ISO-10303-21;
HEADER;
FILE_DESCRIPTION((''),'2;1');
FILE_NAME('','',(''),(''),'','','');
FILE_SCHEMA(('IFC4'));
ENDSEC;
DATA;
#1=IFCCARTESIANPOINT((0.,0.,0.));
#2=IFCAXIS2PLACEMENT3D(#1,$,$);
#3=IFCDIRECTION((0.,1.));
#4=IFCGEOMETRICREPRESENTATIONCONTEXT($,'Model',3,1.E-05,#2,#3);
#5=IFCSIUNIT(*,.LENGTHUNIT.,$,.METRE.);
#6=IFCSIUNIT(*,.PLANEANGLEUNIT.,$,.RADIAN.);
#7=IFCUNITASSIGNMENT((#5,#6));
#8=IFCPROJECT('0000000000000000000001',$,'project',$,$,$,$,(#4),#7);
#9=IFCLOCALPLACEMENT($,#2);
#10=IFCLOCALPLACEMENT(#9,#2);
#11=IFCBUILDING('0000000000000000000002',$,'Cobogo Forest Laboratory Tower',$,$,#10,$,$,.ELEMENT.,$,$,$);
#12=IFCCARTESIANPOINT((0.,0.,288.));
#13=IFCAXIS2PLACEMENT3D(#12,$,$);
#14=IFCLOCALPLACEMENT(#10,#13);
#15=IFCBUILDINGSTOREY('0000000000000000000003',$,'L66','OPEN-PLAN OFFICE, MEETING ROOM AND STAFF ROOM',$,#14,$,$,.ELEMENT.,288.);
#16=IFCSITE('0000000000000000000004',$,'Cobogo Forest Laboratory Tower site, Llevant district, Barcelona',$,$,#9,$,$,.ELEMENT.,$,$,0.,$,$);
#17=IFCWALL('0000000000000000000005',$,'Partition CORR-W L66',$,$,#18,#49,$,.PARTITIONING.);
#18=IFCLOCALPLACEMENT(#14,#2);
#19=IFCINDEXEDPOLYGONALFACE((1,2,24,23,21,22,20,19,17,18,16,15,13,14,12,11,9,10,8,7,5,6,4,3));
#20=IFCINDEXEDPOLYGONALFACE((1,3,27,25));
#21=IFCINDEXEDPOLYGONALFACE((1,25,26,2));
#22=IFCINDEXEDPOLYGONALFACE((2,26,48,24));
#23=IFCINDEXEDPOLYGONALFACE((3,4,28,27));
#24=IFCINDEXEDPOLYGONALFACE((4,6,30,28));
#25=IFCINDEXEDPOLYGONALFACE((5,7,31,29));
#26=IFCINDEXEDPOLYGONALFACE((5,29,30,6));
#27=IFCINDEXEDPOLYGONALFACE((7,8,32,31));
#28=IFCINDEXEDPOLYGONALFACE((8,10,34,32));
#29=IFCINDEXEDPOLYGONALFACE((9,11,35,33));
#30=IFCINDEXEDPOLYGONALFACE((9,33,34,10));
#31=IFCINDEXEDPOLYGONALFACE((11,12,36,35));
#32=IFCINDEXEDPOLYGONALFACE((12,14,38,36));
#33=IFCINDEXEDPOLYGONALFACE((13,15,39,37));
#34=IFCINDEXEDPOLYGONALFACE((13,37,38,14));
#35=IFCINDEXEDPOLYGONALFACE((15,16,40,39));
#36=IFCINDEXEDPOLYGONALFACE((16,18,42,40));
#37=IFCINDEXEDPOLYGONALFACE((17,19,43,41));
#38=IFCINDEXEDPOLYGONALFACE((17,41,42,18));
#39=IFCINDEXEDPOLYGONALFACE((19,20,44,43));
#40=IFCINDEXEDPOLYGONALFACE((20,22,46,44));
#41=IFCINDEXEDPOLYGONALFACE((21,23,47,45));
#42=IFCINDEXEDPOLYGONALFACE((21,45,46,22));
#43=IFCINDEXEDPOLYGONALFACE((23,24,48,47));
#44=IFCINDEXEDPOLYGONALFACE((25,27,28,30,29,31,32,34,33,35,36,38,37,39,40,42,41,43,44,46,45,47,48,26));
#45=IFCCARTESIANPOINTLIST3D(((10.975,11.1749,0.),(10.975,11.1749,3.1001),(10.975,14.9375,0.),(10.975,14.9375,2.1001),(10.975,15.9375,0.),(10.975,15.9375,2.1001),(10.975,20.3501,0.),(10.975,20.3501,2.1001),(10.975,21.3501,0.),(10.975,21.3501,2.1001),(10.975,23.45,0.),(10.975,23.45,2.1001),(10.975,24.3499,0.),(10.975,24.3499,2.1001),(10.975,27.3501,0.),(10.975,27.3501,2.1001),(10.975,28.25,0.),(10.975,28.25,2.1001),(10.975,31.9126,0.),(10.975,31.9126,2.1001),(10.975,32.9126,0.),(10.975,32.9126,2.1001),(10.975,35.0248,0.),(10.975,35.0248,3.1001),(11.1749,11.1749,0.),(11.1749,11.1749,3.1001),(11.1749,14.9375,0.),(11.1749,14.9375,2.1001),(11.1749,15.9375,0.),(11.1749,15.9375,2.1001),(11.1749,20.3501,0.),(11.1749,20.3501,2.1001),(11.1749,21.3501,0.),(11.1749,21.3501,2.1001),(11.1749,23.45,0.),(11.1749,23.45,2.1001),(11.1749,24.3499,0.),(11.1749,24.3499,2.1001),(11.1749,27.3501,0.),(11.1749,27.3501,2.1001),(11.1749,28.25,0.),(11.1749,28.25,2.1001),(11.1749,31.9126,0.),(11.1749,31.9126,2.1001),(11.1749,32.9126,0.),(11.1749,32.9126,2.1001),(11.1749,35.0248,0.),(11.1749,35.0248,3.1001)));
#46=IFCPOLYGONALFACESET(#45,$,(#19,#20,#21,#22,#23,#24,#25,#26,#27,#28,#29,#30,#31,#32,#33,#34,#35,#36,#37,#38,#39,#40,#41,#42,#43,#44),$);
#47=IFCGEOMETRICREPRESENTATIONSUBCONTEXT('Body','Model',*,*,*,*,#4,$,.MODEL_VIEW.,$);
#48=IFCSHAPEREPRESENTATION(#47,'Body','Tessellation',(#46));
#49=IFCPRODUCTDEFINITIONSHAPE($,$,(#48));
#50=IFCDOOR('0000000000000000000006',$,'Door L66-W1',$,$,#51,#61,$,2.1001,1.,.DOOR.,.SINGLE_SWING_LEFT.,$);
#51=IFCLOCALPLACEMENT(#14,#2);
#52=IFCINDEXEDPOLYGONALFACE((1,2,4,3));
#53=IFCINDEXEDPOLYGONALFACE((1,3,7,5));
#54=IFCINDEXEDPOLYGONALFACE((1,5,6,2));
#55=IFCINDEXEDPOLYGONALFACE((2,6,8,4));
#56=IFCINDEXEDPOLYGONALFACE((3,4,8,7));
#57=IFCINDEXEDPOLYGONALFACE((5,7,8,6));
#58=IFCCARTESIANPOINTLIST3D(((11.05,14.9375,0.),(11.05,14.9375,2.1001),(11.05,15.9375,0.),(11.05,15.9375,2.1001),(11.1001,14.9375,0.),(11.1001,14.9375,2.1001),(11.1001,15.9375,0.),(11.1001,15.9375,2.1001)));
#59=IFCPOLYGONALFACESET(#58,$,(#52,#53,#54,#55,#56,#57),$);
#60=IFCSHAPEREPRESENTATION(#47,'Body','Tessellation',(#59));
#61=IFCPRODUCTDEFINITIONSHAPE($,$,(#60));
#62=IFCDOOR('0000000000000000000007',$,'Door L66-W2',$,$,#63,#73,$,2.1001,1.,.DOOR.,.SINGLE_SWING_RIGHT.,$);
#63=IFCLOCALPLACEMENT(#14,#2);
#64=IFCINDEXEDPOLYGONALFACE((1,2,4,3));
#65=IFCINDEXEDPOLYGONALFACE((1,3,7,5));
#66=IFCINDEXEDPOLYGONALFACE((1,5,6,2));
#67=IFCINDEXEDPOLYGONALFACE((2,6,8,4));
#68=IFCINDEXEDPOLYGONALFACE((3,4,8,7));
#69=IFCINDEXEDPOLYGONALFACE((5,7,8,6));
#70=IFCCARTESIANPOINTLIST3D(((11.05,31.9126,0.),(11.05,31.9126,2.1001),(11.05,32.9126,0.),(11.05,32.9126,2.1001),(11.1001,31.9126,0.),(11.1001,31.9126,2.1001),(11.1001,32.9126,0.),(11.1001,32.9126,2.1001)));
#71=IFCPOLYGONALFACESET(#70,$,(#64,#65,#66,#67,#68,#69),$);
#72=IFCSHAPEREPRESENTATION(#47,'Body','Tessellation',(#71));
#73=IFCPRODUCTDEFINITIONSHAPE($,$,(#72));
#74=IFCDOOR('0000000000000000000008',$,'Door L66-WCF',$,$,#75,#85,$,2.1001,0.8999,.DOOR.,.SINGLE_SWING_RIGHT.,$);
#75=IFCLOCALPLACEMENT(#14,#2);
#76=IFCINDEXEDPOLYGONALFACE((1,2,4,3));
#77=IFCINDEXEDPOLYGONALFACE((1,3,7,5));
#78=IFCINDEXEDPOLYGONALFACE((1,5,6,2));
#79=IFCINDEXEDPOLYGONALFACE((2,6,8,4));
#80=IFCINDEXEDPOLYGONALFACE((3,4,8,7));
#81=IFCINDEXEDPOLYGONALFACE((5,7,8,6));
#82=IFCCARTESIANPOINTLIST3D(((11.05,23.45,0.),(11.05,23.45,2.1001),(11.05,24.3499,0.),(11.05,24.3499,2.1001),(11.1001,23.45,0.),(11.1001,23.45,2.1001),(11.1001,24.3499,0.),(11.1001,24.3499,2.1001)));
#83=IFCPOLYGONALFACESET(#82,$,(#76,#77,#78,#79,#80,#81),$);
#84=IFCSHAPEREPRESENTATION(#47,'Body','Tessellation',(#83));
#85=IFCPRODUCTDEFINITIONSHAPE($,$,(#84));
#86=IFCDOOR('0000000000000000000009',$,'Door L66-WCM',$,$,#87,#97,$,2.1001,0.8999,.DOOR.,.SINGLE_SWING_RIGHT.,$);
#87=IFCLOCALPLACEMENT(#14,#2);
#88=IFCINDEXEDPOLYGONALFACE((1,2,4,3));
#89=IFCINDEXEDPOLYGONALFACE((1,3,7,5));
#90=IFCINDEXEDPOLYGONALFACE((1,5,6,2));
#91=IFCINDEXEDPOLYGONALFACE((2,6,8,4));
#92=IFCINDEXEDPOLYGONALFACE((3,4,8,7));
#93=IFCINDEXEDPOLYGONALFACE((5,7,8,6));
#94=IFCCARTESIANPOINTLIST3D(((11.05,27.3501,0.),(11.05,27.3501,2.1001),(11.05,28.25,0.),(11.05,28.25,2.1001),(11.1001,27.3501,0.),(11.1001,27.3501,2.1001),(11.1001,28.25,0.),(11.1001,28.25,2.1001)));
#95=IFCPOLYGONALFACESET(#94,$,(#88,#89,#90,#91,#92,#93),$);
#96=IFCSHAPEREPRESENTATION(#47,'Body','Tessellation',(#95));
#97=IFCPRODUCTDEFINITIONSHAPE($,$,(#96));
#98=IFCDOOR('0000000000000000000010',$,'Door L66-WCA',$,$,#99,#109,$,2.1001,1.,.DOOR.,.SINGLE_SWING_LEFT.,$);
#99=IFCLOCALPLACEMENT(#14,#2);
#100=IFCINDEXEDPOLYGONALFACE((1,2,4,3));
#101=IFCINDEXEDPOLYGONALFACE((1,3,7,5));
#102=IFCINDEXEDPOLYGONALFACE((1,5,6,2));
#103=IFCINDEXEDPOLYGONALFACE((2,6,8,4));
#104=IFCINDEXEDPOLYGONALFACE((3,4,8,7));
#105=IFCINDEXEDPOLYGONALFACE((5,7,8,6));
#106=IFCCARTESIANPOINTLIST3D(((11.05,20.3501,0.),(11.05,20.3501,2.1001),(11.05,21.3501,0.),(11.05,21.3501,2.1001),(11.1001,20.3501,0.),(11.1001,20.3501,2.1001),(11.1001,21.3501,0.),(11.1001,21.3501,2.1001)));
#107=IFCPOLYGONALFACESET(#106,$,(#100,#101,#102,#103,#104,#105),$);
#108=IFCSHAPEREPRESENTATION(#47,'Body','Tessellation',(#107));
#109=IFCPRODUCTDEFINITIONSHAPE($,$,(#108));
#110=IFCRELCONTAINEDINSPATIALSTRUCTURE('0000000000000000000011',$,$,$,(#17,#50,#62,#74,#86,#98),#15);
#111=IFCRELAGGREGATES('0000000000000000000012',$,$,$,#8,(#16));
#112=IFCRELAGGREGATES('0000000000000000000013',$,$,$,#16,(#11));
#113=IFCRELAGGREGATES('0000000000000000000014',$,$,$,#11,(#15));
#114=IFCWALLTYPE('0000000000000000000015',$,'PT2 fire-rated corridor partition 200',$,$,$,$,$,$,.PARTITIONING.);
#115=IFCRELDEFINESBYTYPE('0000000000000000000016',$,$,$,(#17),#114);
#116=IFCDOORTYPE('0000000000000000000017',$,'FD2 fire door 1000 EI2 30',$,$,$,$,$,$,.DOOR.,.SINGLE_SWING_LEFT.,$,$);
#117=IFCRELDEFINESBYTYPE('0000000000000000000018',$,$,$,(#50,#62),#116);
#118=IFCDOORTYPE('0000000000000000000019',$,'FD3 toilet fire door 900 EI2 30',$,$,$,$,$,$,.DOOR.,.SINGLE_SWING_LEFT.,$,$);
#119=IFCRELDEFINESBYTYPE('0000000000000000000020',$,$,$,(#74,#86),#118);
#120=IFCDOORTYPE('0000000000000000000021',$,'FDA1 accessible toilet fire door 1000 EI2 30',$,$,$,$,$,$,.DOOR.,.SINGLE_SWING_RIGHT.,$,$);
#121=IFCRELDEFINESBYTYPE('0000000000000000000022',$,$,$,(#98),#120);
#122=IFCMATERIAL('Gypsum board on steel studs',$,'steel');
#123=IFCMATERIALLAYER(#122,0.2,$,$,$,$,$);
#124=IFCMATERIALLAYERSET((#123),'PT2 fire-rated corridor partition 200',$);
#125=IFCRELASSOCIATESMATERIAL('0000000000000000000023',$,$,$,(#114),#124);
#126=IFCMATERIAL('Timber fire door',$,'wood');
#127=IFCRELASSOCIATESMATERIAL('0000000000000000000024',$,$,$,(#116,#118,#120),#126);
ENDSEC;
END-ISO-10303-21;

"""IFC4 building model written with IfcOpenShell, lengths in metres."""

from ifc_helpers import new_model, si_unit, direction, frame, frame_2d, origin, place, context, subcontext, project, spatial, rectangle, extrude, material, layer, layer_set, type_object, element, fill, save


model = new_model("IFC4")

# Units and contexts
model_context = context("Model", 3, precision=1e-05, world=origin(), true_north=direction((0.0, 1.0)))
body_context = subcontext(model_context, "Body", "Model", "MODEL_VIEW")
ifc_project = project(units=[si_unit("LENGTHUNIT", "METRE"), si_unit("PLANEANGLEUNIT", "RADIAN")], contexts=[model_context])

# Site, building, storey
site_placement = place(None, origin())
site = spatial("IfcSite", under=ifc_project, at=site_placement, Name="Cobogo Forest Laboratory Tower site, Llevant district, Barcelona", CompositionType="ELEMENT", RefElevation=0.0)
building_placement = place(site_placement, origin())
building = spatial("IfcBuilding", under=site, at=building_placement, Name="Cobogo Forest Laboratory Tower", CompositionType="ELEMENT")
storey_placement = place(building_placement, frame((0.0, 0.0, 288.0)))
storey = spatial("IfcBuildingStorey", under=building, at=storey_placement, Name="L66", Description="OPEN-PLAN OFFICE, MEETING ROOM AND STAFF ROOM", CompositionType="ELEMENT", Elevation=288.0)

# Shared definitions
ifc_material_1 = material(Name="Gypsum board on steel studs", Category="steel")

# Wall, openings, doors
ifc_layer_1 = layer(ifc_material_1, 0.2)
ifc_layer_set_1 = layer_set([ifc_layer_1], Name="PT2 fire-rated corridor partition 200")
wall_type_1 = type_object("IfcWallType", Name="PT2 fire-rated corridor partition 200", PredefinedType="PARTITIONING", material=ifc_layer_set_1)
ifc_material_2 = material(Name="Timber fire door", Category="wood")
door_type_1 = type_object("IfcDoorType", Name="FD2 fire door 1000 EI2 30", OperationType="SINGLE_SWING_LEFT", PredefinedType="DOOR", material=ifc_material_2)
wall_1_placement = place(storey_placement, frame((11.075, 11.175, 0.0), z_axis=(0.0, 0.0, 1.0), x_axis=(0.0, 1.0, 0.0)))
wall_1 = element("IfcWall", 1, at=wall_1_placement, inside=storey, type_object=wall_type_1, Name="Partition CORR-W L66", PredefinedType="PARTITIONING", context=body_context, shape_type="SweptSolid", body=[
    extrude(rectangle(XDim=23.8499, YDim=0.2, at=frame_2d((11.9248, 0.0))), origin(), (0.0, 0.0, 1.0), 3.1001),
])
opening_1_placement = place(wall_1_placement, frame((3.7625, 0.0, 0.0)))
opening_1 = element("IfcOpeningElement", 2, at=opening_1_placement, cuts=wall_1, PredefinedType="OPENING", context=body_context, shape_type="SweptSolid", body=[
    extrude(rectangle(XDim=1.0, YDim=2.1001, at=frame_2d((0.5, 1.05))), frame((0.0, 0.1099, 0.0), z_axis=(0.0, -1.0, 0.0), x_axis=(1.0, 0.0, 0.0)), (0.0, 0.0, 1.0), 0.22),
])
opening_2_placement = place(wall_1_placement, frame((9.175, 0.0, 0.0)))
opening_2 = element("IfcOpeningElement", 3, at=opening_2_placement, cuts=wall_1, PredefinedType="OPENING", context=body_context, shape_type="SweptSolid", body=[
    extrude(rectangle(XDim=1.0, YDim=2.1001, at=frame_2d((0.5, 1.05))), frame((0.0, 0.1099, 0.0), z_axis=(0.0, -1.0, 0.0), x_axis=(1.0, 0.0, 0.0)), (0.0, 0.0, 1.0), 0.22),
])
opening_3_placement = place(wall_1_placement, frame((12.2749, 0.0, 0.0)))
opening_3 = element("IfcOpeningElement", 4, at=opening_3_placement, cuts=wall_1, PredefinedType="OPENING", context=body_context, shape_type="SweptSolid", body=[
    extrude(rectangle(XDim=0.8999, YDim=2.1001, at=frame_2d((0.45, 1.05))), frame((0.0, 0.1099, 0.0), z_axis=(0.0, -1.0, 0.0), x_axis=(1.0, 0.0, 0.0)), (0.0, 0.0, 1.0), 0.22),
])
opening_4_placement = place(wall_1_placement, frame((16.175, 0.0, 0.0)))
opening_4 = element("IfcOpeningElement", 5, at=opening_4_placement, cuts=wall_1, PredefinedType="OPENING", context=body_context, shape_type="SweptSolid", body=[
    extrude(rectangle(XDim=0.8999, YDim=2.1001, at=frame_2d((0.45, 1.05))), frame((0.0, 0.1099, 0.0), z_axis=(0.0, -1.0, 0.0), x_axis=(1.0, 0.0, 0.0)), (0.0, 0.0, 1.0), 0.22),
])
opening_5_placement = place(wall_1_placement, frame((20.7375, 0.0, 0.0)))
opening_5 = element("IfcOpeningElement", 6, at=opening_5_placement, cuts=wall_1, PredefinedType="OPENING", context=body_context, shape_type="SweptSolid", body=[
    extrude(rectangle(XDim=1.0, YDim=2.1001, at=frame_2d((0.5, 1.05))), frame((0.0, 0.1099, 0.0), z_axis=(0.0, -1.0, 0.0), x_axis=(1.0, 0.0, 0.0)), (0.0, 0.0, 1.0), 0.22),
])
door_1_placement = place(opening_1_placement, origin())
door_1 = element("IfcDoor", 7, at=door_1_placement, inside=storey, type_object=door_type_1, Name="Door L66-W1", OperationType="SINGLE_SWING_LEFT", OverallHeight=2.1001, OverallWidth=1.0, PredefinedType="DOOR", context=body_context, shape_type="SweptSolid", body=[
    extrude(rectangle(XDim=1.0, YDim=2.1001, at=frame_2d((0.5, 1.05))), frame((0.0, 0.0249, 0.0), z_axis=(0.0, -1.0, 0.0), x_axis=(1.0, 0.0, 0.0)), (0.0, 0.0, 1.0), 0.05),
])
fill(opening_1, door_1)
door_2_placement = place(opening_5_placement, origin())
door_2 = element("IfcDoor", 8, at=door_2_placement, inside=storey, type_object=door_type_1, Name="Door L66-W2", OperationType="SINGLE_SWING_RIGHT", OverallHeight=2.1001, OverallWidth=1.0, PredefinedType="DOOR", context=body_context, shape_type="SweptSolid", body=[
    extrude(rectangle(XDim=1.0, YDim=2.1001, at=frame_2d((0.5, 1.05))), frame((0.0, 0.0249, 0.0), z_axis=(0.0, -1.0, 0.0), x_axis=(1.0, 0.0, 0.0)), (0.0, 0.0, 1.0), 0.05),
])
fill(opening_5, door_2)
door_type_2 = type_object("IfcDoorType", Name="FD3 toilet fire door 900 EI2 30", OperationType="SINGLE_SWING_LEFT", PredefinedType="DOOR", material=ifc_material_2)
door_3_placement = place(opening_3_placement, origin())
door_3 = element("IfcDoor", 9, at=door_3_placement, inside=storey, type_object=door_type_2, Name="Door L66-WCF", OperationType="SINGLE_SWING_RIGHT", OverallHeight=2.1001, OverallWidth=0.8999, PredefinedType="DOOR", context=body_context, shape_type="SweptSolid", body=[
    extrude(rectangle(XDim=0.8999, YDim=2.1001, at=frame_2d((0.45, 1.05))), frame((0.0, 0.0249, 0.0), z_axis=(0.0, -1.0, 0.0), x_axis=(1.0, 0.0, 0.0)), (0.0, 0.0, 1.0), 0.05),
])
fill(opening_3, door_3)
door_4_placement = place(opening_4_placement, origin())
door_4 = element("IfcDoor", 10, at=door_4_placement, inside=storey, type_object=door_type_2, Name="Door L66-WCM", OperationType="SINGLE_SWING_RIGHT", OverallHeight=2.1001, OverallWidth=0.8999, PredefinedType="DOOR", context=body_context, shape_type="SweptSolid", body=[
    extrude(rectangle(XDim=0.8999, YDim=2.1001, at=frame_2d((0.45, 1.05))), frame((0.0, 0.0249, 0.0), z_axis=(0.0, -1.0, 0.0), x_axis=(1.0, 0.0, 0.0)), (0.0, 0.0, 1.0), 0.05),
])
fill(opening_4, door_4)
door_type_3 = type_object("IfcDoorType", Name="FDA1 accessible toilet fire door 1000 EI2 30", OperationType="SINGLE_SWING_RIGHT", PredefinedType="DOOR", material=ifc_material_2)
door_5_placement = place(opening_2_placement, origin())
door_5 = element("IfcDoor", 11, at=door_5_placement, inside=storey, type_object=door_type_3, Name="Door L66-WCA", OperationType="SINGLE_SWING_LEFT", OverallHeight=2.1001, OverallWidth=1.0, PredefinedType="DOOR", context=body_context, shape_type="SweptSolid", body=[
    extrude(rectangle(XDim=1.0, YDim=2.1001, at=frame_2d((0.5, 1.05))), frame((0.0, 0.0249, 0.0), z_axis=(0.0, -1.0, 0.0), x_axis=(1.0, 0.0, 0.0)), (0.0, 0.0, 1.0), 0.05),
])
fill(opening_2, door_5)

save(model, "model.ifc")
